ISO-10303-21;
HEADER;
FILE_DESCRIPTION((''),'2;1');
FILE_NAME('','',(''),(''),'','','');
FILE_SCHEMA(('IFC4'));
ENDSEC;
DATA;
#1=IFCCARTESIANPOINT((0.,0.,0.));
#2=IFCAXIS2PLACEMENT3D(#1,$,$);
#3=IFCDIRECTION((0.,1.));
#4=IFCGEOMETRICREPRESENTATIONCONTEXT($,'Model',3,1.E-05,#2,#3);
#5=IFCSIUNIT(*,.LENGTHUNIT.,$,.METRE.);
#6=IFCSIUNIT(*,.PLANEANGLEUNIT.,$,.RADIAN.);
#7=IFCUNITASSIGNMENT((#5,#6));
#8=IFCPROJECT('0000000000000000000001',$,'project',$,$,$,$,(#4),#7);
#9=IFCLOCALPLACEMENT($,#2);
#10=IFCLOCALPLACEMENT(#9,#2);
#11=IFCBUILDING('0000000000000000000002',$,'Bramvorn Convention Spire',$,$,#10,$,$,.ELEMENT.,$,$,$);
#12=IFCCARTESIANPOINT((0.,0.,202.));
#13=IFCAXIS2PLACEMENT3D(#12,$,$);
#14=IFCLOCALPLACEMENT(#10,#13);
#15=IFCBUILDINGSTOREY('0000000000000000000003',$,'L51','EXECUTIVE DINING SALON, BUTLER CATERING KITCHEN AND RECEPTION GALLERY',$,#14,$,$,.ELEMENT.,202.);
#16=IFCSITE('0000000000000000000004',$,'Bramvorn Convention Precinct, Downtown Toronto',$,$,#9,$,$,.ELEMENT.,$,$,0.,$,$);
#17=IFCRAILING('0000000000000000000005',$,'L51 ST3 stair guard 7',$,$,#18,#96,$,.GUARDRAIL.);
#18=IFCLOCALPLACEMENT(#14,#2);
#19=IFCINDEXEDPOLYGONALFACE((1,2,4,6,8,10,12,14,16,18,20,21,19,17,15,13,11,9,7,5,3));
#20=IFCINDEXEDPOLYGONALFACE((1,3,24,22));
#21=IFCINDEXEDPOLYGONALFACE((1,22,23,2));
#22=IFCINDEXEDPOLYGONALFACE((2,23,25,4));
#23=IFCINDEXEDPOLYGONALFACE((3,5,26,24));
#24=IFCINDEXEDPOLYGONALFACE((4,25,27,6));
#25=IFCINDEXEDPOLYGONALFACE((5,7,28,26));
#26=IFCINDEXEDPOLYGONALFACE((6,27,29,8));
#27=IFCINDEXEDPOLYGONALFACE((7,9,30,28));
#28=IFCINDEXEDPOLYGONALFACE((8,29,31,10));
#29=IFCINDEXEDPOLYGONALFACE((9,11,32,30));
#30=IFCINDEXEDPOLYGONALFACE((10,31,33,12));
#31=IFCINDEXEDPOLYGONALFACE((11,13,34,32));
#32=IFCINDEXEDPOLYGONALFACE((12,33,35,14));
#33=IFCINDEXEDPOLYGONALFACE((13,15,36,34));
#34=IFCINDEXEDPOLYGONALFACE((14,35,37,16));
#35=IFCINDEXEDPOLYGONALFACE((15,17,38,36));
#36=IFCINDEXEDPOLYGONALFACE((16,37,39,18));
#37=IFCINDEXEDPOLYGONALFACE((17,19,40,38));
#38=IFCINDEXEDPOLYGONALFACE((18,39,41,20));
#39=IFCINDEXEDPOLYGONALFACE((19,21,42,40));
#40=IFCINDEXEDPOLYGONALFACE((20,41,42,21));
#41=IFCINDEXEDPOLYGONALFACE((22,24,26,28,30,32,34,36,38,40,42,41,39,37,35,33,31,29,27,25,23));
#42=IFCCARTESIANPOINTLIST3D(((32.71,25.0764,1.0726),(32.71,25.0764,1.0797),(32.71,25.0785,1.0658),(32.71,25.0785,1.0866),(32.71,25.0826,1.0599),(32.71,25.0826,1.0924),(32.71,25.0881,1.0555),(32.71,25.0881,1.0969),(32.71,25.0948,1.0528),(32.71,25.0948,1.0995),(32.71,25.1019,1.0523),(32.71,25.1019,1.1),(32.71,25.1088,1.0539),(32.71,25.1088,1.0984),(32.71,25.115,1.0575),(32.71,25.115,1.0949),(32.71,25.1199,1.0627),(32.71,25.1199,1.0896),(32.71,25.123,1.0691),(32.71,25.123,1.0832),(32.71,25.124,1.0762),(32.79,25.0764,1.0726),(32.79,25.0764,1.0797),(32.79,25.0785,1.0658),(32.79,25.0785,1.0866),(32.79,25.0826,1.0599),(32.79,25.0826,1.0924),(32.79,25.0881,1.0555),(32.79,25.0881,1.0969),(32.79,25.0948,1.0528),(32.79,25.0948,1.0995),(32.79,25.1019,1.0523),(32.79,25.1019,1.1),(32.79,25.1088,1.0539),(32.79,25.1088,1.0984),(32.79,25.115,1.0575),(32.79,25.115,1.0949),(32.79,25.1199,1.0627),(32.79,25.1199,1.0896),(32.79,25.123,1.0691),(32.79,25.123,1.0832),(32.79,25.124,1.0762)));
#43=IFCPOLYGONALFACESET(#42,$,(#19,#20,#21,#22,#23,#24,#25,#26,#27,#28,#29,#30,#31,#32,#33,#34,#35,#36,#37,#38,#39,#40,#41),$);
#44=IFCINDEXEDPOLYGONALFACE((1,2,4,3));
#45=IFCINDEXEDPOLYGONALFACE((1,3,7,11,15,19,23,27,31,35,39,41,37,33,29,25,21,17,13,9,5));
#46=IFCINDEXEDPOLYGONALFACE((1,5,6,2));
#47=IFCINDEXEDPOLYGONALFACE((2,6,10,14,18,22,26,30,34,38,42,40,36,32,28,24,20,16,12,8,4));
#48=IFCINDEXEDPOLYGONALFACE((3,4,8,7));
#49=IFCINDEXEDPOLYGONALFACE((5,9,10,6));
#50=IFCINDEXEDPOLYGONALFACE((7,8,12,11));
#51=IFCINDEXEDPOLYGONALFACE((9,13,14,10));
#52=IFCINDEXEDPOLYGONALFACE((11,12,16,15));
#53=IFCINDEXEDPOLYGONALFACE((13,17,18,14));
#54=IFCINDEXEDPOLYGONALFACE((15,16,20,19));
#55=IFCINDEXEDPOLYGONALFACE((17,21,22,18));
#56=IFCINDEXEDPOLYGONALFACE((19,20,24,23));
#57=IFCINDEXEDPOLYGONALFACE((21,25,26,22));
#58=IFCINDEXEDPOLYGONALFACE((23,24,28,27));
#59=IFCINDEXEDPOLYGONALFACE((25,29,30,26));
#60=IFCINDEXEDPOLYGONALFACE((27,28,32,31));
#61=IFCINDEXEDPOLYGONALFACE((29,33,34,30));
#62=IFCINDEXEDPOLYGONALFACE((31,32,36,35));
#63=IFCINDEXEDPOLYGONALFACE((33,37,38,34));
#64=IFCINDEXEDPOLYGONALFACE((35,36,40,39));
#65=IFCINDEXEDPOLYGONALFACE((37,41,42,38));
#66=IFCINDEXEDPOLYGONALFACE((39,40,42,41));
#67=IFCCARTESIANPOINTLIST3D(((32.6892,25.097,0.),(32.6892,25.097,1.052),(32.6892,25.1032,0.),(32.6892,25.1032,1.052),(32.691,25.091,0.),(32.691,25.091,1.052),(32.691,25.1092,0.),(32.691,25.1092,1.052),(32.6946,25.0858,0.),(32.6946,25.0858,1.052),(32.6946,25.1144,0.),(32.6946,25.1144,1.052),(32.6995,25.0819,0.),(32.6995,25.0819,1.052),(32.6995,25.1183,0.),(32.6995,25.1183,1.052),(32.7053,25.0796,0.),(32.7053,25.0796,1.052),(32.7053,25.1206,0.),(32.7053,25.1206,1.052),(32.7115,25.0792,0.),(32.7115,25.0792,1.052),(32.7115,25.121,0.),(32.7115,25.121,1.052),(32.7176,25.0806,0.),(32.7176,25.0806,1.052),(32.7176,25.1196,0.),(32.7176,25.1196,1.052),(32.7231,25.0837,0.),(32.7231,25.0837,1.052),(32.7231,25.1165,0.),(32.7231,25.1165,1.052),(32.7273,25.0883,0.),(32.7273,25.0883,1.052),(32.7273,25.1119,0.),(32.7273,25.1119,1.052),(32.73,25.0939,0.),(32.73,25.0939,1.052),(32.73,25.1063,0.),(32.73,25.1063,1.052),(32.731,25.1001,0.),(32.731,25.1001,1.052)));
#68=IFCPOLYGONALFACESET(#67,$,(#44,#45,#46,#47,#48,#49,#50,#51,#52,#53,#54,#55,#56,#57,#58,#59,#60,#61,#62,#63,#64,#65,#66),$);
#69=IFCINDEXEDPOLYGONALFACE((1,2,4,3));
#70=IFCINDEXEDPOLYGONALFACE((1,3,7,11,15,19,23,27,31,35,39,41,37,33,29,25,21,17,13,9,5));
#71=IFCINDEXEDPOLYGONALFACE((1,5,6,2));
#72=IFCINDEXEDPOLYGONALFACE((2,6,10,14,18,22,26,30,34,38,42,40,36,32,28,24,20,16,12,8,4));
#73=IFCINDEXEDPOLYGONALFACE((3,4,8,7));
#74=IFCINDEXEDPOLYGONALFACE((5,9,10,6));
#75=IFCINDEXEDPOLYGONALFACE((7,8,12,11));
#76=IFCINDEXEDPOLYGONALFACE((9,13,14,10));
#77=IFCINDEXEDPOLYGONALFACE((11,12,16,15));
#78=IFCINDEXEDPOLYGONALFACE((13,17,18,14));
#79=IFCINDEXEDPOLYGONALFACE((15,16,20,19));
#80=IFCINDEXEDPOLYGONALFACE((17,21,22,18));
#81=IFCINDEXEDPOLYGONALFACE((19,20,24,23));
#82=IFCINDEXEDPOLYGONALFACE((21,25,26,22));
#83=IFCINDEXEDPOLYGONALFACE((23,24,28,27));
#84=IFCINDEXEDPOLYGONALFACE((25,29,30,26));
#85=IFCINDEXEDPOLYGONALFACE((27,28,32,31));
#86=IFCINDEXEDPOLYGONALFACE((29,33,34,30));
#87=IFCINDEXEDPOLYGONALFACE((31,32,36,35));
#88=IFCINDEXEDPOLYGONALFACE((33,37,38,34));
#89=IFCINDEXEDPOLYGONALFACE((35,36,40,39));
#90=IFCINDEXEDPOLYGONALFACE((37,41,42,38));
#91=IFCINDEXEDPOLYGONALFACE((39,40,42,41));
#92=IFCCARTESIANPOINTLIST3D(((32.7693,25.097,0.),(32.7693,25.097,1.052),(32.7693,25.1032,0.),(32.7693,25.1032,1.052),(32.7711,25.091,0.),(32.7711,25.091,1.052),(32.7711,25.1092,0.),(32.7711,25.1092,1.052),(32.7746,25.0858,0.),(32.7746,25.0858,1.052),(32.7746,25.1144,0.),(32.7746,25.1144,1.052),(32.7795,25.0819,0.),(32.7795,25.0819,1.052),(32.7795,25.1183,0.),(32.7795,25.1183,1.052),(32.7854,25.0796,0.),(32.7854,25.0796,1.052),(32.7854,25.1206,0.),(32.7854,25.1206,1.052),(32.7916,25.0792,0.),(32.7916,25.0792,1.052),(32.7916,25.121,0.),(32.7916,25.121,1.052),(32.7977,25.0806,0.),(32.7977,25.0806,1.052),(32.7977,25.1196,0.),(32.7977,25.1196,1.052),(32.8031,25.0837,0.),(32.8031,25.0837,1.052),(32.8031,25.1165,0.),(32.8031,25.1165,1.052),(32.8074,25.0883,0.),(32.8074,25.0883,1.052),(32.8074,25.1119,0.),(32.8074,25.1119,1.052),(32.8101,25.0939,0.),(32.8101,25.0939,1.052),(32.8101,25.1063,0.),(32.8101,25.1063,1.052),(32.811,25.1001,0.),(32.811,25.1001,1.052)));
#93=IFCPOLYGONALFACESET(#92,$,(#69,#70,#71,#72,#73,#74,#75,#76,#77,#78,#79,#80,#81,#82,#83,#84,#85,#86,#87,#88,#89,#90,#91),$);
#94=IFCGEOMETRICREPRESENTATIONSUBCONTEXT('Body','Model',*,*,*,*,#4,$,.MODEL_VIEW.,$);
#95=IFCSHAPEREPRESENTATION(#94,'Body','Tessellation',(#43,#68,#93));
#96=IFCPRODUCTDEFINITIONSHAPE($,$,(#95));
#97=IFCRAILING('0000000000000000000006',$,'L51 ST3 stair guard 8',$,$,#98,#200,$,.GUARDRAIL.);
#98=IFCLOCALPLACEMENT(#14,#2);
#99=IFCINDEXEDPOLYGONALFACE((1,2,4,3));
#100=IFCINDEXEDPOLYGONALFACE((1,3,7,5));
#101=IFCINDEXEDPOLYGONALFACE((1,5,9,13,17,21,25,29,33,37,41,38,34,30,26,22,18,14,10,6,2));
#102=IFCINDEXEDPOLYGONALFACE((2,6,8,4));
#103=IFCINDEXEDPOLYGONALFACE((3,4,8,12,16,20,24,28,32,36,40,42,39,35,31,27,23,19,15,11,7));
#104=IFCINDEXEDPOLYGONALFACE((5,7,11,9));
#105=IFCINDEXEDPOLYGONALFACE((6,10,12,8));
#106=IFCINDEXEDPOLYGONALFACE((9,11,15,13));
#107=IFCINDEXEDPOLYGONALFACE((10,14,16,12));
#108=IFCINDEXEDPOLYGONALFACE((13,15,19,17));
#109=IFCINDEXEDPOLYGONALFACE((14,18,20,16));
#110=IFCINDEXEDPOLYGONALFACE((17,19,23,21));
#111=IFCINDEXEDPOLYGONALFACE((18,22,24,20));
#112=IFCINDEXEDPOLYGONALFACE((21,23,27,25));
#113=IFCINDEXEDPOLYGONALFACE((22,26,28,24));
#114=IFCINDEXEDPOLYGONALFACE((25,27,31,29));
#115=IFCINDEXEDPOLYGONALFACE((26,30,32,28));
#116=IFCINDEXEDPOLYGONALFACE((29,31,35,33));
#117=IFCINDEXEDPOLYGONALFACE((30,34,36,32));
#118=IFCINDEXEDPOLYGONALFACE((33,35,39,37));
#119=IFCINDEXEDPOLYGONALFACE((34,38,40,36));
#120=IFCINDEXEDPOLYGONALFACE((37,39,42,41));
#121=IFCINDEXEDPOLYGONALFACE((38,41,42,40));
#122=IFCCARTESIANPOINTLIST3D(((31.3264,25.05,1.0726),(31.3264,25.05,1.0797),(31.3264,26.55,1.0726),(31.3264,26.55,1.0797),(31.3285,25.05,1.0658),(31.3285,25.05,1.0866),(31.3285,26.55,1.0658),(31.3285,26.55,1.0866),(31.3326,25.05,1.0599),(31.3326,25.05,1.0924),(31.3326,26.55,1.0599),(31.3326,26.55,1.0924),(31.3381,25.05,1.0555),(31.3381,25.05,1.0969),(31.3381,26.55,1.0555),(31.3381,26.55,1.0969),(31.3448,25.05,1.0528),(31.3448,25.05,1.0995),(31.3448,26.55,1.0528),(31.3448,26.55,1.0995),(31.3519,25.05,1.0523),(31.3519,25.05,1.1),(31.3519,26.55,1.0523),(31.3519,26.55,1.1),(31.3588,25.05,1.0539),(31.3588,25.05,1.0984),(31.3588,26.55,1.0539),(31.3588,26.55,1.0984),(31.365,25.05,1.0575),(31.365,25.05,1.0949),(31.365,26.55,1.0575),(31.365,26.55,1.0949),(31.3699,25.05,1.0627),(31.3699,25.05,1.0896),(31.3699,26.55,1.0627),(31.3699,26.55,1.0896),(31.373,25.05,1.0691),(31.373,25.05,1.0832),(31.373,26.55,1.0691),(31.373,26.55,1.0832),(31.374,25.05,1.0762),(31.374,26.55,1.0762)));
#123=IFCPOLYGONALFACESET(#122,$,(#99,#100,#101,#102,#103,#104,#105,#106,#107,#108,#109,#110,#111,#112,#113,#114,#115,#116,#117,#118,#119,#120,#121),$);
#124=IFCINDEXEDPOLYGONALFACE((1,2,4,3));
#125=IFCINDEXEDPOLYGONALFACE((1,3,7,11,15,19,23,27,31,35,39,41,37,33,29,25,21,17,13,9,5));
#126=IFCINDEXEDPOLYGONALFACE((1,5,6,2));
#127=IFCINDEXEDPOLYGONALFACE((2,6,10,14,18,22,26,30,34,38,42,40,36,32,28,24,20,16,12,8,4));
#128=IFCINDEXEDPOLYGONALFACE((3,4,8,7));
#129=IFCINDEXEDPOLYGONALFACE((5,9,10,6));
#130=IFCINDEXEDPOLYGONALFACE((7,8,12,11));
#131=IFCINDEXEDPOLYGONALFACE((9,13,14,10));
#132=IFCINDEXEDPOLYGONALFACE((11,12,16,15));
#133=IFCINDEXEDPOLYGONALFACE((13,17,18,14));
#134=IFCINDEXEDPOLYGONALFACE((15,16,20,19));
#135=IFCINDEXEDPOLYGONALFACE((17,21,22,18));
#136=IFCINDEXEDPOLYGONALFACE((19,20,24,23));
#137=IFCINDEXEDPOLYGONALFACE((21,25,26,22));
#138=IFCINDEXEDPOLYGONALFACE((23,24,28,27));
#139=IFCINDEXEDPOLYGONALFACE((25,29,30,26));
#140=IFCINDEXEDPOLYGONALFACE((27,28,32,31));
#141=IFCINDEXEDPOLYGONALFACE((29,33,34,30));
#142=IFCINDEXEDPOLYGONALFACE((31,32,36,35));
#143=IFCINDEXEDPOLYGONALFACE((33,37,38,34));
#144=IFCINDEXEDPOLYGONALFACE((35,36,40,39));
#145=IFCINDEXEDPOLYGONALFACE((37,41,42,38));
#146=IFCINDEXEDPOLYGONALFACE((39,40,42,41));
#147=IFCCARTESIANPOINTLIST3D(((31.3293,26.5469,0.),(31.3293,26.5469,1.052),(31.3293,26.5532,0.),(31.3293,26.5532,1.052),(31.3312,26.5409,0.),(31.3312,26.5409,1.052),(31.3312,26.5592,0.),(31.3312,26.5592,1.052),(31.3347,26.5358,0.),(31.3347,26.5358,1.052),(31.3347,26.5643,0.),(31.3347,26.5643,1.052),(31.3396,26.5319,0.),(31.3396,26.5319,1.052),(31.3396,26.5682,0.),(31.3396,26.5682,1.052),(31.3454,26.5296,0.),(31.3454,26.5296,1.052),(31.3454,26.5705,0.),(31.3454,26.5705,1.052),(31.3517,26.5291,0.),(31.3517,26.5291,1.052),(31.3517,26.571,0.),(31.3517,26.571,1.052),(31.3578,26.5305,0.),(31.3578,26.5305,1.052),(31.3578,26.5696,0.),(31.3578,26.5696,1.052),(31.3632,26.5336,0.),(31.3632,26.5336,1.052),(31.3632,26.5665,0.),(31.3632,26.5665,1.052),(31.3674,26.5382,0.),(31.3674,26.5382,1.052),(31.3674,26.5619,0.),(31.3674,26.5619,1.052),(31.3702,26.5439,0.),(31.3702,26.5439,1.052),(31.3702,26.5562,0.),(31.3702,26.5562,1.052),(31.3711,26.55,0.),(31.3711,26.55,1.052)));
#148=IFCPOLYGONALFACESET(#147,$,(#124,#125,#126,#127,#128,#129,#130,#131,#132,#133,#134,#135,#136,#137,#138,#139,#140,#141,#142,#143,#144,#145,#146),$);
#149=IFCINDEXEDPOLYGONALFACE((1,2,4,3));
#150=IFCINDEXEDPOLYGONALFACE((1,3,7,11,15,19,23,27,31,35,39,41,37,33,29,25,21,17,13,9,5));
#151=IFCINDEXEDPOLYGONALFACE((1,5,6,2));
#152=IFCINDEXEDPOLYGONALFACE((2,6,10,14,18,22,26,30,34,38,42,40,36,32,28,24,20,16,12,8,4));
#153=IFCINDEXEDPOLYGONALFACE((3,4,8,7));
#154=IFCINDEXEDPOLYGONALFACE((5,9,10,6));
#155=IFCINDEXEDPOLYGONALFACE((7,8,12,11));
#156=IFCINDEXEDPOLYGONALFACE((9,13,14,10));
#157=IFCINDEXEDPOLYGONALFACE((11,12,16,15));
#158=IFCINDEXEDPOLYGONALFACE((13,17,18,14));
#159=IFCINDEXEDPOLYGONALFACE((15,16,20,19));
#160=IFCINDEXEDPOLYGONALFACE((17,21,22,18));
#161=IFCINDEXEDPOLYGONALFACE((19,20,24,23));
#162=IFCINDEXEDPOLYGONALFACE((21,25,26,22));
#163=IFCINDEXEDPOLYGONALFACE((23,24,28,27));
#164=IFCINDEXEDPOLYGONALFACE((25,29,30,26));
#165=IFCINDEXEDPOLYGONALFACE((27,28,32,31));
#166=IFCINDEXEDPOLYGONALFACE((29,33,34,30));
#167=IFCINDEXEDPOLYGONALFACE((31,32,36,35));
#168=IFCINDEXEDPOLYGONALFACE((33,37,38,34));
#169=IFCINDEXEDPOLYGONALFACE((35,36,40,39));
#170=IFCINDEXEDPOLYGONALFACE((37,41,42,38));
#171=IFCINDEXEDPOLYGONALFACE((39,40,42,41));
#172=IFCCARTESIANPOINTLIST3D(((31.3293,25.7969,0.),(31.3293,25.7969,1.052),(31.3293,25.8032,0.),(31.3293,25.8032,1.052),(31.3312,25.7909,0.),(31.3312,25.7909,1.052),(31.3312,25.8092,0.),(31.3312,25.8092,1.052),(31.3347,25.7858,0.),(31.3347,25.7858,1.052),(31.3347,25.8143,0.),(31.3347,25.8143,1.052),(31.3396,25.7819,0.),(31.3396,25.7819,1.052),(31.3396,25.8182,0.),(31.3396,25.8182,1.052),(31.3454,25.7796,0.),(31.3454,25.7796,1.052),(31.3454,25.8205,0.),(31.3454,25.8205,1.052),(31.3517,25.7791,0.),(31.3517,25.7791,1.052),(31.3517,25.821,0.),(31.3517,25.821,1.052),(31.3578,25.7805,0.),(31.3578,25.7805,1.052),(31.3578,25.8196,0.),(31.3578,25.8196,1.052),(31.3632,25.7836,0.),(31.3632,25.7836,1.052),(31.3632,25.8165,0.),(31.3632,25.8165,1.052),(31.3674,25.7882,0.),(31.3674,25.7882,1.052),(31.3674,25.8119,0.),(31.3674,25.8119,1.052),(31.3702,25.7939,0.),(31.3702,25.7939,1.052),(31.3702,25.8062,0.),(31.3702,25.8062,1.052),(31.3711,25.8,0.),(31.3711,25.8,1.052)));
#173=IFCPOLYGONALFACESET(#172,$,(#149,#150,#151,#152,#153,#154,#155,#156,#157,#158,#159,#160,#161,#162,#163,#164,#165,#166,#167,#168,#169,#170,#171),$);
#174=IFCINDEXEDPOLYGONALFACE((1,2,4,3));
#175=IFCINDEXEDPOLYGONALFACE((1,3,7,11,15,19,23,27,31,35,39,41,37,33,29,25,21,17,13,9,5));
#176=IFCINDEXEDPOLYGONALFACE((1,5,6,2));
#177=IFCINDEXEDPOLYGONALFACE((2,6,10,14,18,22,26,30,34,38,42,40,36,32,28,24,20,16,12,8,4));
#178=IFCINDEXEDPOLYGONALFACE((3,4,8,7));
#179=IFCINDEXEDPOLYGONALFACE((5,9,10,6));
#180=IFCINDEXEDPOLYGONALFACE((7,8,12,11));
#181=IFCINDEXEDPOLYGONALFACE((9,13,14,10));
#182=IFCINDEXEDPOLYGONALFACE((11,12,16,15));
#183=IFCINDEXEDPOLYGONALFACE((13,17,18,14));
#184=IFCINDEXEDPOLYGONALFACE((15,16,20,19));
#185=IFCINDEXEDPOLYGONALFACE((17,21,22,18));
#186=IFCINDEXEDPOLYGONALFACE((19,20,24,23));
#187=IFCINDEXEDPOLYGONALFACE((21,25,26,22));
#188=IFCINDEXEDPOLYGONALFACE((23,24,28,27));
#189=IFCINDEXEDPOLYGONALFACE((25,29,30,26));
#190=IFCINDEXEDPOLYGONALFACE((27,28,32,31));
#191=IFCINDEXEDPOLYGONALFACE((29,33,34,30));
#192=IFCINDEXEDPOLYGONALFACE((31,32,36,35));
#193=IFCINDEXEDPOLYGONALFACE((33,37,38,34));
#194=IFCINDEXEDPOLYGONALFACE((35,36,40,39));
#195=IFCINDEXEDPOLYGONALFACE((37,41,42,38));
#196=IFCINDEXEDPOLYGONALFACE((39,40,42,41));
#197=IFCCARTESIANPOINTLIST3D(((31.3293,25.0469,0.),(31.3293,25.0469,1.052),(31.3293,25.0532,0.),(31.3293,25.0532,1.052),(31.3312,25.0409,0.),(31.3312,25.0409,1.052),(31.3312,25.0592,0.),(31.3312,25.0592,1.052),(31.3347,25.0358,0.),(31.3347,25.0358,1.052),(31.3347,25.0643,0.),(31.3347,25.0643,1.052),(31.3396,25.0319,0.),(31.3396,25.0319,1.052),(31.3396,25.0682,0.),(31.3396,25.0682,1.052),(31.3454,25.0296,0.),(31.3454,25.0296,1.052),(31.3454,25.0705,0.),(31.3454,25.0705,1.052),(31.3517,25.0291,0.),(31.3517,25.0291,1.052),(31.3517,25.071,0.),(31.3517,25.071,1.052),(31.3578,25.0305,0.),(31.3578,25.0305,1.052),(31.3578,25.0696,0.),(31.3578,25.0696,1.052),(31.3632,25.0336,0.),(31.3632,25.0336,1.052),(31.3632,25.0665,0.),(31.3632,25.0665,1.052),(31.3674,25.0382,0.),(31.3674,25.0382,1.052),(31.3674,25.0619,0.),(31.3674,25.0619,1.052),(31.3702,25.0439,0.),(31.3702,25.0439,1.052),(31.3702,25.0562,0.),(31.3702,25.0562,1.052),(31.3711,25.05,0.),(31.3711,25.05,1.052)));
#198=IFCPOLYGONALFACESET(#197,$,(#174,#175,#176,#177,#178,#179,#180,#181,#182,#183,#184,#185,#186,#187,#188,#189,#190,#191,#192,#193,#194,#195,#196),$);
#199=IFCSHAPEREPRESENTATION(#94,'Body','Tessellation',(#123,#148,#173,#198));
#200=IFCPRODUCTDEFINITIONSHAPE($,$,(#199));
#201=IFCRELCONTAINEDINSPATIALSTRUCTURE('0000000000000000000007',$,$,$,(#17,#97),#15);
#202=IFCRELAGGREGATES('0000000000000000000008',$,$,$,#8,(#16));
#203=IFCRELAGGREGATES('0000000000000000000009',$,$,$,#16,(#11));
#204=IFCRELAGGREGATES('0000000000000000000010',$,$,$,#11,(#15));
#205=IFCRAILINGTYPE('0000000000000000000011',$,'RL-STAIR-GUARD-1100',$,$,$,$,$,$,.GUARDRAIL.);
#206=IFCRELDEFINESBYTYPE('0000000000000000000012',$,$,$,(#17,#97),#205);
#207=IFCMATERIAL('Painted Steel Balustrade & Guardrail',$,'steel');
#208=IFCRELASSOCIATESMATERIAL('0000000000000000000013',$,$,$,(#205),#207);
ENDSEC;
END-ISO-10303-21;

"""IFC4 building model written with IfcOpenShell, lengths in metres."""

from ifc_helpers import new_model, si_unit, direction, frame, origin, origin_2d, place, context, subcontext, project, spatial, circle, extrude, material, type_object, element, save


model = new_model("IFC4")

# Units and contexts
model_context = context("Model", 3, precision=1e-05, world=origin(), true_north=direction((0.0, 1.0)))
body_context = subcontext(model_context, "Body", "Model", "MODEL_VIEW")
ifc_project = project(units=[si_unit("LENGTHUNIT", "METRE"), si_unit("PLANEANGLEUNIT", "RADIAN")], contexts=[model_context])

# Site, building, storey
site_placement = place(None, origin())
site = spatial("IfcSite", under=ifc_project, at=site_placement, Name="Bramvorn Convention Precinct, Downtown Toronto", CompositionType="ELEMENT", RefElevation=0.0)
building_placement = place(site_placement, origin())
building = spatial("IfcBuilding", under=site, at=building_placement, Name="Bramvorn Convention Spire", CompositionType="ELEMENT")
storey_placement = place(building_placement, frame((0.0, 0.0, 202.0)))
storey = spatial("IfcBuildingStorey", under=building, at=storey_placement, Name="L51", Description="EXECUTIVE DINING SALON, BUTLER CATERING KITCHEN AND RECEPTION GALLERY", CompositionType="ELEMENT", Elevation=202.0)

# Railings
ifc_material_1 = material(Name="Painted Steel Balustrade & Guardrail", Category="steel")
railing_type_1 = type_object("IfcRailingType", Name="RL-STAIR-GUARD-1100", PredefinedType="GUARDRAIL", material=ifc_material_1)
railing_1_placement = place(storey_placement, frame((32.71, 25.1001, 0.0)))
element("IfcRailing", 1, at=railing_1_placement, inside=storey, type_object=railing_type_1, Name="L51 ST3 stair guard 7", PredefinedType="GUARDRAIL", context=body_context, shape_type="SweptSolid", body=[
    extrude(circle(Radius=0.0239, at=origin_2d()), frame((0.0, 0.0, 1.0762), z_axis=(1.0, 0.0, 0.0), x_axis=(0.0, 1.0, 0.0)), (0.0, 0.0, 1.0), 0.0801),
    extrude(circle(Radius=0.021, at=origin_2d()), origin(), (0.0, 0.0, 1.0), 1.052),
    extrude(circle(Radius=0.021, at=origin_2d()), frame((0.0801, 0.0, 0.0)), (0.0, 0.0, 1.0), 1.052),
])
railing_2_placement = place(storey_placement, frame((31.3501, 26.55, 0.0)))
element("IfcRailing", 2, at=railing_2_placement, inside=storey, type_object=railing_type_1, Name="L51 ST3 stair guard 8", PredefinedType="GUARDRAIL", context=body_context, shape_type="SweptSolid", body=[
    extrude(circle(Radius=0.0239, at=origin_2d()), frame((0.0, 0.0, 1.0762), z_axis=(0.0, -1.0, 0.0), x_axis=(1.0, 0.0, 0.0)), (0.0, 0.0, 1.0), 1.5),
    extrude(circle(Radius=0.021, at=origin_2d()), origin(), (0.0, 0.0, 1.0), 1.052),
    extrude(circle(Radius=0.021, at=origin_2d()), frame((0.0, -0.75, 0.0)), (0.0, 0.0, 1.0), 1.052),
    extrude(circle(Radius=0.021, at=origin_2d()), frame((0.0, -1.5, 0.0)), (0.0, 0.0, 1.0), 1.052),
])

save(model, "model.ifc")
